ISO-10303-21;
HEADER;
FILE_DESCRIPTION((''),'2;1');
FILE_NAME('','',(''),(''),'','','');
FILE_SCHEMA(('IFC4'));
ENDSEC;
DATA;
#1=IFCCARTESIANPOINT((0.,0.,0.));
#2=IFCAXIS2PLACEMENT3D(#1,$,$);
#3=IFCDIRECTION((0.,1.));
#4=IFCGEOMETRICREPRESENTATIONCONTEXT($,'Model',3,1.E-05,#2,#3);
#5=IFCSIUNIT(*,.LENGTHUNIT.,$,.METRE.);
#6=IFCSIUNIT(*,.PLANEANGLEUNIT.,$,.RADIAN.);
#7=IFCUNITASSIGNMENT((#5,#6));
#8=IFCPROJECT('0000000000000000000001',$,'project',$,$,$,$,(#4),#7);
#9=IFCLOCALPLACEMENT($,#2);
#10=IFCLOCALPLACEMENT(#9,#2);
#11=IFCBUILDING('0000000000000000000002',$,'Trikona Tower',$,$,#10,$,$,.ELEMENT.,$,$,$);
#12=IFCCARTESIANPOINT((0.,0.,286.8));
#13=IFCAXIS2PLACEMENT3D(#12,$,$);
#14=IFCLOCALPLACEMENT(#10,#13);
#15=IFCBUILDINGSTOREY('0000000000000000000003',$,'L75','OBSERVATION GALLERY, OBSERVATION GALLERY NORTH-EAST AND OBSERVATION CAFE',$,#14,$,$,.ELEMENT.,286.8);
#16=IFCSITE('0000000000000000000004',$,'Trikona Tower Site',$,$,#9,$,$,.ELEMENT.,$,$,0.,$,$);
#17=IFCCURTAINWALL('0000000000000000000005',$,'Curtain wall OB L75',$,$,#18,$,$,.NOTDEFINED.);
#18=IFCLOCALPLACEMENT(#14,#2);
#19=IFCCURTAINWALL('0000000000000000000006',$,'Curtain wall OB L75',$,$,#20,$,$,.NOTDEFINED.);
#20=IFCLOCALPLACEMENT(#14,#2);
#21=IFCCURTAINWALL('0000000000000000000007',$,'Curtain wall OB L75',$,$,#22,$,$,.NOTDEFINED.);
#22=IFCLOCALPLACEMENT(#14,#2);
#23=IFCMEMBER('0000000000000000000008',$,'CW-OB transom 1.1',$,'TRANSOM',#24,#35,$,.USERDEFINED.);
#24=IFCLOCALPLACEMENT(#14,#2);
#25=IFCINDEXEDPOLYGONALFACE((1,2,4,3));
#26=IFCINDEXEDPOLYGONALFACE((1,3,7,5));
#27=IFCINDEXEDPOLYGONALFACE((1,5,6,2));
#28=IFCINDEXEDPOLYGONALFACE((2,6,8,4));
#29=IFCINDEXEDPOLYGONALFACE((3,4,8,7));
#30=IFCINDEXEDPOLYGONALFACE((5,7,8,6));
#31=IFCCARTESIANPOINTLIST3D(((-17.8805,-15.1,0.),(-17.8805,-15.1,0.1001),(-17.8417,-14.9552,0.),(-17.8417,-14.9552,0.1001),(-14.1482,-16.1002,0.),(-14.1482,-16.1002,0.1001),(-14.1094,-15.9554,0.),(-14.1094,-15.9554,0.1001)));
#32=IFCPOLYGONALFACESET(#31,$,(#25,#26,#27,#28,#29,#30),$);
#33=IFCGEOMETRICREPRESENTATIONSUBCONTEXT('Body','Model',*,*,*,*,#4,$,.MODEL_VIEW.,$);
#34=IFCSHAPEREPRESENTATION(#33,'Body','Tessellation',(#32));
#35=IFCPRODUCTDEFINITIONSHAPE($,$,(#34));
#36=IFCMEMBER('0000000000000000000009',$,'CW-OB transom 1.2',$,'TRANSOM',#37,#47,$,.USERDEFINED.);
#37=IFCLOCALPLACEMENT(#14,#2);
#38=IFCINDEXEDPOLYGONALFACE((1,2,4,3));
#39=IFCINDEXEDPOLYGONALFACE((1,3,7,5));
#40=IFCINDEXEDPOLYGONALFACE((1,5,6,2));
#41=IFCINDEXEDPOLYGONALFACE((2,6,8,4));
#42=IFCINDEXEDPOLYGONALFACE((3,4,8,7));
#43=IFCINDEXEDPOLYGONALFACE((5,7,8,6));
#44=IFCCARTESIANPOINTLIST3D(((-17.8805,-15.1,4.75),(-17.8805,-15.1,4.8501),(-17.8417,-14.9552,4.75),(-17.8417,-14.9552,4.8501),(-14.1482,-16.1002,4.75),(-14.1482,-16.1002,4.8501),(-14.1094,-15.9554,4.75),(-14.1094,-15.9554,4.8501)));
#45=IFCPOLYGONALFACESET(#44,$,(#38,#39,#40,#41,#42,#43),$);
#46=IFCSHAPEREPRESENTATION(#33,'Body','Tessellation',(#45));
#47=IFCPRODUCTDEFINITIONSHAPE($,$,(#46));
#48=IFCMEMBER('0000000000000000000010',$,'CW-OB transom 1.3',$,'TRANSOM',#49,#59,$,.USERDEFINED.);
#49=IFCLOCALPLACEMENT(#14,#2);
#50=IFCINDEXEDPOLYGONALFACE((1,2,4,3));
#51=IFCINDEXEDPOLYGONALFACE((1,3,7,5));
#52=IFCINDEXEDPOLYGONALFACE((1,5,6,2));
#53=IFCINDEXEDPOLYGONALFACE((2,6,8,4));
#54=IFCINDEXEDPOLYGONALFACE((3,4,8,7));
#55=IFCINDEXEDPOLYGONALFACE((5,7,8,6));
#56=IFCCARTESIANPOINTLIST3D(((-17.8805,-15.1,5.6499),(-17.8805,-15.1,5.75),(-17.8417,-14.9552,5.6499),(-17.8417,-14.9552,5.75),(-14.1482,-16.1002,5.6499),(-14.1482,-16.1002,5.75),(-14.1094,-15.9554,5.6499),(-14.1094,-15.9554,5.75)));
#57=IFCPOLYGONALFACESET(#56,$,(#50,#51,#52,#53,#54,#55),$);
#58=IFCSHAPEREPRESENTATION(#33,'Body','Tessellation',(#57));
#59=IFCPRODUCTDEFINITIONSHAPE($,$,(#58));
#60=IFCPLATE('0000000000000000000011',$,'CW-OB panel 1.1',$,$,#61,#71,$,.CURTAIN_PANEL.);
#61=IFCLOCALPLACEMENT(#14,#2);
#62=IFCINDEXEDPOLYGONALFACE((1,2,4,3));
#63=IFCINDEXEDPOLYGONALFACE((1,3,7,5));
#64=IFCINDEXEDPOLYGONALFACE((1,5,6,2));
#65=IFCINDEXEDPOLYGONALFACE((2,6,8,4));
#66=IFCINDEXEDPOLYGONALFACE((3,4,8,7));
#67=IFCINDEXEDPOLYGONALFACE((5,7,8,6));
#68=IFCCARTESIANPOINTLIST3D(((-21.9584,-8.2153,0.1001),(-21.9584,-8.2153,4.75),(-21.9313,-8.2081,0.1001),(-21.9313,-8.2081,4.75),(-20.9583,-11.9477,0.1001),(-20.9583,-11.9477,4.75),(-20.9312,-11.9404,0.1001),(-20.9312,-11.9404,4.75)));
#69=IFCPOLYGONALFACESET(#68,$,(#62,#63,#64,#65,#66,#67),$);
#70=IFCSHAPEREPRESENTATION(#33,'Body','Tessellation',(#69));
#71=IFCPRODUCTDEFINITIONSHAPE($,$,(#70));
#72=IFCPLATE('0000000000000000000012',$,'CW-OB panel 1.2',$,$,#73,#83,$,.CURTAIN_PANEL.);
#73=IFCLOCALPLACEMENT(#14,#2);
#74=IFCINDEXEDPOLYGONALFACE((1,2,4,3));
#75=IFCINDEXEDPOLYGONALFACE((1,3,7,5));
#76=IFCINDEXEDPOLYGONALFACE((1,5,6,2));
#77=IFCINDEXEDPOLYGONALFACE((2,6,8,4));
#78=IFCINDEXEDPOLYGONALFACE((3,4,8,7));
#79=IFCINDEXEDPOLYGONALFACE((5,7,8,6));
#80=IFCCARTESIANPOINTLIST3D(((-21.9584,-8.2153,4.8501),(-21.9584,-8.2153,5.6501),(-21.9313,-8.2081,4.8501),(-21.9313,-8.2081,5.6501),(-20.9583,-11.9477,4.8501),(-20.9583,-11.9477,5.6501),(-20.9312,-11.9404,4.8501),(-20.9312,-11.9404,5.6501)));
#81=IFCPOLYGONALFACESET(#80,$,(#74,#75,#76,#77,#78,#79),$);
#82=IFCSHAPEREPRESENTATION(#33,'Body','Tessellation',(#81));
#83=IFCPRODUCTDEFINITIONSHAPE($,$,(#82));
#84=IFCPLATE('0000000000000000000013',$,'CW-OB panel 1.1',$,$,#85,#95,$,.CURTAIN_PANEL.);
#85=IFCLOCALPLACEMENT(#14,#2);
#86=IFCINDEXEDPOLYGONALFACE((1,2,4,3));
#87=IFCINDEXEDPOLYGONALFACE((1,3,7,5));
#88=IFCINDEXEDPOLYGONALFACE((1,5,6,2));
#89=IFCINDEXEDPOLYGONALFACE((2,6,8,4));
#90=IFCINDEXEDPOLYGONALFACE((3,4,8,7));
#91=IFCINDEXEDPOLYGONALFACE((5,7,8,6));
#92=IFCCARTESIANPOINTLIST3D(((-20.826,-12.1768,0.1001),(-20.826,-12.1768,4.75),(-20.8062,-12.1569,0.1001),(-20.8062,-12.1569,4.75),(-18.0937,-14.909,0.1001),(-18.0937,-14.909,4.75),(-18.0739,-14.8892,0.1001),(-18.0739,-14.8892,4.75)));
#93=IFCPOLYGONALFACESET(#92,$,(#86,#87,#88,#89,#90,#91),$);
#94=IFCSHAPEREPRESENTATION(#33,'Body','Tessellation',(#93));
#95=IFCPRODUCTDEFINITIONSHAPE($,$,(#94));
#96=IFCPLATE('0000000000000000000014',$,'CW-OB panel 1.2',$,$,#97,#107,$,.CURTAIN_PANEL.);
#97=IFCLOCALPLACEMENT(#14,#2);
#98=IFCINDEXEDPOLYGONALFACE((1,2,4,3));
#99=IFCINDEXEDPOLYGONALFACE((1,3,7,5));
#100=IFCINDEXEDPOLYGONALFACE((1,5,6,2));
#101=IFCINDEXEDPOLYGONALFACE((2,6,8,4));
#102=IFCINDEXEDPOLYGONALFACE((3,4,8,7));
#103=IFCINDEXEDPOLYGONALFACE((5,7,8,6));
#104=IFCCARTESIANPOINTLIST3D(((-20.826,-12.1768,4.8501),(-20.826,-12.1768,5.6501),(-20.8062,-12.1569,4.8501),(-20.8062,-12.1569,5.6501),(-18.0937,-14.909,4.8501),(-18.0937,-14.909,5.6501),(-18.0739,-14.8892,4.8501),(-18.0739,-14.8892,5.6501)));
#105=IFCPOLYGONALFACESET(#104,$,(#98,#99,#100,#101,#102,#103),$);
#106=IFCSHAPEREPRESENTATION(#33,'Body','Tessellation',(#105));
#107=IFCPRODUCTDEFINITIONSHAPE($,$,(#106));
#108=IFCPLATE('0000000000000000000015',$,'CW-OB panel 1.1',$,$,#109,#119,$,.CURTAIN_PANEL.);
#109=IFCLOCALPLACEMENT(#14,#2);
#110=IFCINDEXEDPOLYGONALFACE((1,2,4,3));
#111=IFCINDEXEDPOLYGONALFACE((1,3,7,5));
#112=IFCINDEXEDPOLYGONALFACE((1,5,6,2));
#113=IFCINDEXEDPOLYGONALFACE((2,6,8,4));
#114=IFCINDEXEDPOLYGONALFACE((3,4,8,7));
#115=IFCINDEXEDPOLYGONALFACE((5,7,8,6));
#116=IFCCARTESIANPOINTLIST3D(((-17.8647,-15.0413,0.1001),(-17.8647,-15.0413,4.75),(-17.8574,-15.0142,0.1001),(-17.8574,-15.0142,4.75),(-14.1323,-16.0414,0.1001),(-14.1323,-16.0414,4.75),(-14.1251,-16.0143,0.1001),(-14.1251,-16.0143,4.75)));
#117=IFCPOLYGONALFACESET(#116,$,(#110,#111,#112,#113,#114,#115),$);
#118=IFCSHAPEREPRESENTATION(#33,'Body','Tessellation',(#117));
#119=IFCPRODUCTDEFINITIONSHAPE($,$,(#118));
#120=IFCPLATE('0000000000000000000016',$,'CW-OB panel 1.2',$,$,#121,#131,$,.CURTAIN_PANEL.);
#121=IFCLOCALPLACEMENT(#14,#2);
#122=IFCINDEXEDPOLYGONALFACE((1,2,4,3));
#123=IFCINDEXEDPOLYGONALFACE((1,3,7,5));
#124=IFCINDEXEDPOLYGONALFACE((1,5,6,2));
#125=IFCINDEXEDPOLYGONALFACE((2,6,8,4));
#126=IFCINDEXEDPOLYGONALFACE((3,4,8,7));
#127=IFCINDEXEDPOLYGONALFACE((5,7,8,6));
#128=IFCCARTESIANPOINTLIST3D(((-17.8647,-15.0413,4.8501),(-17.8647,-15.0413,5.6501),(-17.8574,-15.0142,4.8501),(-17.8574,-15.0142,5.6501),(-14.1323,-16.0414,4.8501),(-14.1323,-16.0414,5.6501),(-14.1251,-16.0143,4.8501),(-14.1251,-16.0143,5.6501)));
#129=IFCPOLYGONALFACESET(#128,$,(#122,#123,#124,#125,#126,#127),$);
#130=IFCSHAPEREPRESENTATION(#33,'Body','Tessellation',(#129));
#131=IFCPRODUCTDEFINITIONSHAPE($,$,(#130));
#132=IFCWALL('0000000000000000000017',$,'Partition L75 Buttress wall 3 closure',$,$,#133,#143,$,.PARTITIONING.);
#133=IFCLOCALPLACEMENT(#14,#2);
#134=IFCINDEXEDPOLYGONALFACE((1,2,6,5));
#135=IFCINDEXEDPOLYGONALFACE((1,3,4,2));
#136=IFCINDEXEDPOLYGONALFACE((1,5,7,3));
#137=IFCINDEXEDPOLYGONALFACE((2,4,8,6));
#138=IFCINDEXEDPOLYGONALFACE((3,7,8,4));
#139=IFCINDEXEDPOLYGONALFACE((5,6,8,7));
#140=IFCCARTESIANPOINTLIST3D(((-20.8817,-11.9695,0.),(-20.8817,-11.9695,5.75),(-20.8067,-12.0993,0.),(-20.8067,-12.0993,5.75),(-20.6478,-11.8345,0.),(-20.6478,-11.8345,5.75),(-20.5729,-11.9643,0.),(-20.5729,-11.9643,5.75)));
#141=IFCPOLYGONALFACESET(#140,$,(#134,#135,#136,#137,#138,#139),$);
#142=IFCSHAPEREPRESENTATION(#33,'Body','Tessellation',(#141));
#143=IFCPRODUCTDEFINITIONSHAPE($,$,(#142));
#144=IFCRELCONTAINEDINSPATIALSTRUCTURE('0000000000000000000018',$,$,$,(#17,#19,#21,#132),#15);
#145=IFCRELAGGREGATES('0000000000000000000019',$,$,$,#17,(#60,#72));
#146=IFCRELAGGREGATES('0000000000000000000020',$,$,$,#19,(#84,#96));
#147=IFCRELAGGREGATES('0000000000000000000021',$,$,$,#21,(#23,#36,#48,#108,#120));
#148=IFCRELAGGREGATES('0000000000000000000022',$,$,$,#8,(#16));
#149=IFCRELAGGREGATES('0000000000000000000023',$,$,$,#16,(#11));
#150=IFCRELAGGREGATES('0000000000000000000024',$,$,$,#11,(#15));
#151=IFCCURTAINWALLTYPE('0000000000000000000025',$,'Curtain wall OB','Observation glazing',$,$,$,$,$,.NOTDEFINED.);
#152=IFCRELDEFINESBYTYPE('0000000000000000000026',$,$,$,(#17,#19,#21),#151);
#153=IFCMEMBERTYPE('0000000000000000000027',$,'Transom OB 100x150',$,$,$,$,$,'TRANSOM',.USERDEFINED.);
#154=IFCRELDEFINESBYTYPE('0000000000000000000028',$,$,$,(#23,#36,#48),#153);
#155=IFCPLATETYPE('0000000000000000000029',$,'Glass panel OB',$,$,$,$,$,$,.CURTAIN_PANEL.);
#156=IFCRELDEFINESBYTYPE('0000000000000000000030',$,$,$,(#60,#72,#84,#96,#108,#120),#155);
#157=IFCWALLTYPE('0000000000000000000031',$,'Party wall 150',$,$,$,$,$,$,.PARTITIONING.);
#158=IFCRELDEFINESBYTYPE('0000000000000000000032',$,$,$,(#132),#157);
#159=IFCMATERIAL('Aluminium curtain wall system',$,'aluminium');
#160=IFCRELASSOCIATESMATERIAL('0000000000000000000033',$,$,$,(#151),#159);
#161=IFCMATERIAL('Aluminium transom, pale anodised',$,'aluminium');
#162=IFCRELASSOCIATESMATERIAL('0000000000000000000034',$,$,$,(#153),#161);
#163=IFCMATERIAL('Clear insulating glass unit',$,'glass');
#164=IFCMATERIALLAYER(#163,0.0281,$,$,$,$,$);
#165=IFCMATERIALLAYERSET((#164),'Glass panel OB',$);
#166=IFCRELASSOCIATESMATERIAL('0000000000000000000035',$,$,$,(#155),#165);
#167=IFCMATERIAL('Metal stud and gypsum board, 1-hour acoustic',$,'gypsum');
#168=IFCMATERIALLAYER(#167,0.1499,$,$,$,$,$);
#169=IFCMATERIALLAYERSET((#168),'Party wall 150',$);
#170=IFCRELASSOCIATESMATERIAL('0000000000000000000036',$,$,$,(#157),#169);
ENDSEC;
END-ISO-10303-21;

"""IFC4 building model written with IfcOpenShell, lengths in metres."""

from ifc_helpers import new_model, si_unit, direction, frame, frame_2d, origin, origin_2d, place, context, subcontext, project, spatial, rectangle, extrude, material, layer, layer_set, material_profile, profile_set, type_object, element, aggregate, save


model = new_model("IFC4")

# Units and contexts
model_context = context("Model", 3, precision=1e-05, world=origin(), true_north=direction((0.0, 1.0)))
body_context = subcontext(model_context, "Body", "Model", "MODEL_VIEW")
ifc_project = project(units=[si_unit("LENGTHUNIT", "METRE"), si_unit("PLANEANGLEUNIT", "RADIAN")], contexts=[model_context])

# Site, building, storey
site_placement = place(None, origin())
site = spatial("IfcSite", under=ifc_project, at=site_placement, Name="Trikona Tower Site", CompositionType="ELEMENT", RefElevation=0.0)
building_placement = place(site_placement, origin())
building = spatial("IfcBuilding", under=site, at=building_placement, Name="Trikona Tower", CompositionType="ELEMENT")
storey_placement = place(building_placement, frame((0.0, 0.0, 286.8)))
storey = spatial("IfcBuildingStorey", under=building, at=storey_placement, Name="L75", Description="OBSERVATION GALLERY, OBSERVATION GALLERY NORTH-EAST AND OBSERVATION CAFE", CompositionType="ELEMENT", Elevation=286.8)

# Curtain wall
ifc_material_1 = material(Name="Aluminium curtain wall system", Category="aluminium")
curtain_wall_type = type_object("IfcCurtainWallType", Name="Curtain wall OB", Description="Observation glazing", PredefinedType="NOTDEFINED", material=ifc_material_1)
curtain_wall_1_placement = place(storey_placement, origin())
curtain_wall_1 = element("IfcCurtainWall", 1, at=curtain_wall_1_placement, inside=storey, type_object=curtain_wall_type, Name="Curtain wall OB L75", PredefinedType="NOTDEFINED")

# Curtain walls
curtain_wall_2_placement = place(storey_placement, origin())
curtain_wall_2 = element("IfcCurtainWall", 2, at=curtain_wall_2_placement, inside=storey, type_object=curtain_wall_type, Name="Curtain wall OB L75", PredefinedType="NOTDEFINED")
curtain_wall_3_placement = place(storey_placement, origin())
curtain_wall_3 = element("IfcCurtainWall", 3, at=curtain_wall_3_placement, inside=storey, type_object=curtain_wall_type, Name="Curtain wall OB L75", PredefinedType="NOTDEFINED")

# Members
ifc_material_2 = material(Name="Aluminium transom, pale anodised", Category="aluminium")
ifc_material_profile_1 = material_profile(ifc_material_2, rectangle(XDim=0.1499, YDim=0.1001, at=origin_2d()), Name="TRN-OB")
ifc_profile_set_1 = profile_set([ifc_material_profile_1], Name="Aluminium transom, pale anodised")
member_type_1 = type_object("IfcMemberType", Name="Transom OB 100x150", ElementType="TRANSOM", PredefinedType="USERDEFINED", material=ifc_profile_set_1)
member_1_placement = place(storey_placement, frame((-17.8611, -15.0276, 0.05), z_axis=(0.965916, -0.258854, 0.0), x_axis=(0.258854, 0.965916, 0.0)))
member_1 = element("IfcMember", 4, at=member_1_placement, type_object=member_type_1, Name="CW-OB transom 1.1", ObjectType="TRANSOM", PredefinedType="USERDEFINED", context=body_context, shape_type="SweptSolid", body=[
    extrude(rectangle(XDim=0.1499, YDim=0.1001, at=origin_2d()), origin(), (0.0, 0.0, 1.0), 3.864),
])
member_2_placement = place(storey_placement, frame((-17.8611, -15.0276, 4.8), z_axis=(0.965916, -0.258854, 0.0), x_axis=(0.258854, 0.965916, 0.0)))
member_2 = element("IfcMember", 5, at=member_2_placement, type_object=member_type_1, Name="CW-OB transom 1.2", ObjectType="TRANSOM", PredefinedType="USERDEFINED", context=body_context, shape_type="SweptSolid", body=[
    extrude(rectangle(XDim=0.1499, YDim=0.1001, at=origin_2d()), origin(), (0.0, 0.0, 1.0), 3.864),
])
member_3_placement = place(storey_placement, frame((-17.8611, -15.0276, 5.7), z_axis=(0.965916, -0.258854, 0.0), x_axis=(0.258854, 0.965916, 0.0)))
member_3 = element("IfcMember", 6, at=member_3_placement, type_object=member_type_1, Name="CW-OB transom 1.3", ObjectType="TRANSOM", PredefinedType="USERDEFINED", context=body_context, shape_type="SweptSolid", body=[
    extrude(rectangle(XDim=0.1499, YDim=0.1001, at=origin_2d()), origin(), (0.0, 0.0, 1.0), 3.864),
])

# Plates
ifc_material_3 = material(Name="Clear insulating glass unit", Category="glass")
ifc_layer_1 = layer(ifc_material_3, 0.0281)
ifc_layer_set_1 = layer_set([ifc_layer_1], Name="Glass panel OB")
plate_type = type_object("IfcPlateType", Name="Glass panel OB", PredefinedType="CURTAIN_PANEL", material=ifc_layer_set_1)
plate_1_placement = place(storey_placement, frame((-21.4448, -10.0779, 0.1001), z_axis=(0.0, 0.0, 1.0), x_axis=(0.258828, -0.965923, 0.0)))
plate_1 = element("IfcPlate", 7, at=plate_1_placement, type_object=plate_type, Name="CW-OB panel 1.1", PredefinedType="CURTAIN_PANEL", context=body_context, shape_type="SweptSolid", body=[
    extrude(rectangle(XDim=3.864, YDim=0.0281, at=origin_2d()), origin(), (0.0, 0.0, 1.0), 4.6499),
])
plate_2_placement = place(storey_placement, frame((-21.4448, -10.0779, 4.8501), z_axis=(0.0, 0.0, 1.0), x_axis=(0.258828, -0.965923, 0.0)))
plate_2 = element("IfcPlate", 8, at=plate_2_placement, type_object=plate_type, Name="CW-OB panel 1.2", PredefinedType="CURTAIN_PANEL", context=body_context, shape_type="SweptSolid", body=[
    extrude(rectangle(XDim=3.864, YDim=0.0281, at=origin_2d()), origin(), (0.0, 0.0, 1.0), 0.8),
])
aggregate(curtain_wall_1, [plate_1, plate_2])
plate_3_placement = place(storey_placement, frame((-19.45, -13.533, 0.1001), z_axis=(0.0, 0.0, 1.0), x_axis=(0.707107, -0.707107, 0.0)))
plate_3 = element("IfcPlate", 9, at=plate_3_placement, type_object=plate_type, Name="CW-OB panel 1.1", PredefinedType="CURTAIN_PANEL", context=body_context, shape_type="SweptSolid", body=[
    extrude(rectangle(XDim=3.864, YDim=0.0281, at=origin_2d()), origin(), (0.0, 0.0, 1.0), 4.6499),
])
plate_4_placement = place(storey_placement, frame((-19.45, -13.533, 4.8501), z_axis=(0.0, 0.0, 1.0), x_axis=(0.707107, -0.707107, 0.0)))
plate_4 = element("IfcPlate", 10, at=plate_4_placement, type_object=plate_type, Name="CW-OB panel 1.2", PredefinedType="CURTAIN_PANEL", context=body_context, shape_type="SweptSolid", body=[
    extrude(rectangle(XDim=3.864, YDim=0.0281, at=origin_2d()), origin(), (0.0, 0.0, 1.0), 0.8),
])
aggregate(curtain_wall_2, [plate_3, plate_4])
plate_5_placement = place(storey_placement, frame((-15.9949, -15.5278, 0.1001), z_axis=(0.0, 0.0, 1.0), x_axis=(0.965923, -0.258828, 0.0)))
plate_5 = element("IfcPlate", 11, at=plate_5_placement, type_object=plate_type, Name="CW-OB panel 1.1", PredefinedType="CURTAIN_PANEL", context=body_context, shape_type="SweptSolid", body=[
    extrude(rectangle(XDim=3.864, YDim=0.0281, at=origin_2d()), origin(), (0.0, 0.0, 1.0), 4.6499),
])
plate_6_placement = place(storey_placement, frame((-15.9949, -15.5278, 4.8501), z_axis=(0.0, 0.0, 1.0), x_axis=(0.965923, -0.258828, 0.0)))
plate_6 = element("IfcPlate", 12, at=plate_6_placement, type_object=plate_type, Name="CW-OB panel 1.2", PredefinedType="CURTAIN_PANEL", context=body_context, shape_type="SweptSolid", body=[
    extrude(rectangle(XDim=3.864, YDim=0.0281, at=origin_2d()), origin(), (0.0, 0.0, 1.0), 0.8),
])
aggregate(curtain_wall_3, [member_1, member_2, member_3, plate_5, plate_6])

# Wall
ifc_material_4 = material(Name="Metal stud and gypsum board, 1-hour acoustic", Category="gypsum")
ifc_layer_2 = layer(ifc_material_4, 0.1499)
ifc_layer_set_2 = layer_set([ifc_layer_2], Name="Party wall 150")
wall_type = type_object("IfcWallType", Name="Party wall 150", PredefinedType="PARTITIONING", material=ifc_layer_set_2)
wall_placement = place(storey_placement, frame((-20.6104, -11.8994, 0.0), z_axis=(0.0, 0.0, 1.0), x_axis=(-0.866065, -0.499931, 0.0)))
element("IfcWall", 13, at=wall_placement, inside=storey, type_object=wall_type, Name="Partition L75 Buttress wall 3 closure", PredefinedType="PARTITIONING", context=body_context, shape_type="SweptSolid", body=[
    extrude(rectangle(XDim=0.27, YDim=0.1499, at=frame_2d((0.135, 0.0))), origin(), (0.0, 0.0, 1.0), 5.75),
])

save(model, "model.ifc")
